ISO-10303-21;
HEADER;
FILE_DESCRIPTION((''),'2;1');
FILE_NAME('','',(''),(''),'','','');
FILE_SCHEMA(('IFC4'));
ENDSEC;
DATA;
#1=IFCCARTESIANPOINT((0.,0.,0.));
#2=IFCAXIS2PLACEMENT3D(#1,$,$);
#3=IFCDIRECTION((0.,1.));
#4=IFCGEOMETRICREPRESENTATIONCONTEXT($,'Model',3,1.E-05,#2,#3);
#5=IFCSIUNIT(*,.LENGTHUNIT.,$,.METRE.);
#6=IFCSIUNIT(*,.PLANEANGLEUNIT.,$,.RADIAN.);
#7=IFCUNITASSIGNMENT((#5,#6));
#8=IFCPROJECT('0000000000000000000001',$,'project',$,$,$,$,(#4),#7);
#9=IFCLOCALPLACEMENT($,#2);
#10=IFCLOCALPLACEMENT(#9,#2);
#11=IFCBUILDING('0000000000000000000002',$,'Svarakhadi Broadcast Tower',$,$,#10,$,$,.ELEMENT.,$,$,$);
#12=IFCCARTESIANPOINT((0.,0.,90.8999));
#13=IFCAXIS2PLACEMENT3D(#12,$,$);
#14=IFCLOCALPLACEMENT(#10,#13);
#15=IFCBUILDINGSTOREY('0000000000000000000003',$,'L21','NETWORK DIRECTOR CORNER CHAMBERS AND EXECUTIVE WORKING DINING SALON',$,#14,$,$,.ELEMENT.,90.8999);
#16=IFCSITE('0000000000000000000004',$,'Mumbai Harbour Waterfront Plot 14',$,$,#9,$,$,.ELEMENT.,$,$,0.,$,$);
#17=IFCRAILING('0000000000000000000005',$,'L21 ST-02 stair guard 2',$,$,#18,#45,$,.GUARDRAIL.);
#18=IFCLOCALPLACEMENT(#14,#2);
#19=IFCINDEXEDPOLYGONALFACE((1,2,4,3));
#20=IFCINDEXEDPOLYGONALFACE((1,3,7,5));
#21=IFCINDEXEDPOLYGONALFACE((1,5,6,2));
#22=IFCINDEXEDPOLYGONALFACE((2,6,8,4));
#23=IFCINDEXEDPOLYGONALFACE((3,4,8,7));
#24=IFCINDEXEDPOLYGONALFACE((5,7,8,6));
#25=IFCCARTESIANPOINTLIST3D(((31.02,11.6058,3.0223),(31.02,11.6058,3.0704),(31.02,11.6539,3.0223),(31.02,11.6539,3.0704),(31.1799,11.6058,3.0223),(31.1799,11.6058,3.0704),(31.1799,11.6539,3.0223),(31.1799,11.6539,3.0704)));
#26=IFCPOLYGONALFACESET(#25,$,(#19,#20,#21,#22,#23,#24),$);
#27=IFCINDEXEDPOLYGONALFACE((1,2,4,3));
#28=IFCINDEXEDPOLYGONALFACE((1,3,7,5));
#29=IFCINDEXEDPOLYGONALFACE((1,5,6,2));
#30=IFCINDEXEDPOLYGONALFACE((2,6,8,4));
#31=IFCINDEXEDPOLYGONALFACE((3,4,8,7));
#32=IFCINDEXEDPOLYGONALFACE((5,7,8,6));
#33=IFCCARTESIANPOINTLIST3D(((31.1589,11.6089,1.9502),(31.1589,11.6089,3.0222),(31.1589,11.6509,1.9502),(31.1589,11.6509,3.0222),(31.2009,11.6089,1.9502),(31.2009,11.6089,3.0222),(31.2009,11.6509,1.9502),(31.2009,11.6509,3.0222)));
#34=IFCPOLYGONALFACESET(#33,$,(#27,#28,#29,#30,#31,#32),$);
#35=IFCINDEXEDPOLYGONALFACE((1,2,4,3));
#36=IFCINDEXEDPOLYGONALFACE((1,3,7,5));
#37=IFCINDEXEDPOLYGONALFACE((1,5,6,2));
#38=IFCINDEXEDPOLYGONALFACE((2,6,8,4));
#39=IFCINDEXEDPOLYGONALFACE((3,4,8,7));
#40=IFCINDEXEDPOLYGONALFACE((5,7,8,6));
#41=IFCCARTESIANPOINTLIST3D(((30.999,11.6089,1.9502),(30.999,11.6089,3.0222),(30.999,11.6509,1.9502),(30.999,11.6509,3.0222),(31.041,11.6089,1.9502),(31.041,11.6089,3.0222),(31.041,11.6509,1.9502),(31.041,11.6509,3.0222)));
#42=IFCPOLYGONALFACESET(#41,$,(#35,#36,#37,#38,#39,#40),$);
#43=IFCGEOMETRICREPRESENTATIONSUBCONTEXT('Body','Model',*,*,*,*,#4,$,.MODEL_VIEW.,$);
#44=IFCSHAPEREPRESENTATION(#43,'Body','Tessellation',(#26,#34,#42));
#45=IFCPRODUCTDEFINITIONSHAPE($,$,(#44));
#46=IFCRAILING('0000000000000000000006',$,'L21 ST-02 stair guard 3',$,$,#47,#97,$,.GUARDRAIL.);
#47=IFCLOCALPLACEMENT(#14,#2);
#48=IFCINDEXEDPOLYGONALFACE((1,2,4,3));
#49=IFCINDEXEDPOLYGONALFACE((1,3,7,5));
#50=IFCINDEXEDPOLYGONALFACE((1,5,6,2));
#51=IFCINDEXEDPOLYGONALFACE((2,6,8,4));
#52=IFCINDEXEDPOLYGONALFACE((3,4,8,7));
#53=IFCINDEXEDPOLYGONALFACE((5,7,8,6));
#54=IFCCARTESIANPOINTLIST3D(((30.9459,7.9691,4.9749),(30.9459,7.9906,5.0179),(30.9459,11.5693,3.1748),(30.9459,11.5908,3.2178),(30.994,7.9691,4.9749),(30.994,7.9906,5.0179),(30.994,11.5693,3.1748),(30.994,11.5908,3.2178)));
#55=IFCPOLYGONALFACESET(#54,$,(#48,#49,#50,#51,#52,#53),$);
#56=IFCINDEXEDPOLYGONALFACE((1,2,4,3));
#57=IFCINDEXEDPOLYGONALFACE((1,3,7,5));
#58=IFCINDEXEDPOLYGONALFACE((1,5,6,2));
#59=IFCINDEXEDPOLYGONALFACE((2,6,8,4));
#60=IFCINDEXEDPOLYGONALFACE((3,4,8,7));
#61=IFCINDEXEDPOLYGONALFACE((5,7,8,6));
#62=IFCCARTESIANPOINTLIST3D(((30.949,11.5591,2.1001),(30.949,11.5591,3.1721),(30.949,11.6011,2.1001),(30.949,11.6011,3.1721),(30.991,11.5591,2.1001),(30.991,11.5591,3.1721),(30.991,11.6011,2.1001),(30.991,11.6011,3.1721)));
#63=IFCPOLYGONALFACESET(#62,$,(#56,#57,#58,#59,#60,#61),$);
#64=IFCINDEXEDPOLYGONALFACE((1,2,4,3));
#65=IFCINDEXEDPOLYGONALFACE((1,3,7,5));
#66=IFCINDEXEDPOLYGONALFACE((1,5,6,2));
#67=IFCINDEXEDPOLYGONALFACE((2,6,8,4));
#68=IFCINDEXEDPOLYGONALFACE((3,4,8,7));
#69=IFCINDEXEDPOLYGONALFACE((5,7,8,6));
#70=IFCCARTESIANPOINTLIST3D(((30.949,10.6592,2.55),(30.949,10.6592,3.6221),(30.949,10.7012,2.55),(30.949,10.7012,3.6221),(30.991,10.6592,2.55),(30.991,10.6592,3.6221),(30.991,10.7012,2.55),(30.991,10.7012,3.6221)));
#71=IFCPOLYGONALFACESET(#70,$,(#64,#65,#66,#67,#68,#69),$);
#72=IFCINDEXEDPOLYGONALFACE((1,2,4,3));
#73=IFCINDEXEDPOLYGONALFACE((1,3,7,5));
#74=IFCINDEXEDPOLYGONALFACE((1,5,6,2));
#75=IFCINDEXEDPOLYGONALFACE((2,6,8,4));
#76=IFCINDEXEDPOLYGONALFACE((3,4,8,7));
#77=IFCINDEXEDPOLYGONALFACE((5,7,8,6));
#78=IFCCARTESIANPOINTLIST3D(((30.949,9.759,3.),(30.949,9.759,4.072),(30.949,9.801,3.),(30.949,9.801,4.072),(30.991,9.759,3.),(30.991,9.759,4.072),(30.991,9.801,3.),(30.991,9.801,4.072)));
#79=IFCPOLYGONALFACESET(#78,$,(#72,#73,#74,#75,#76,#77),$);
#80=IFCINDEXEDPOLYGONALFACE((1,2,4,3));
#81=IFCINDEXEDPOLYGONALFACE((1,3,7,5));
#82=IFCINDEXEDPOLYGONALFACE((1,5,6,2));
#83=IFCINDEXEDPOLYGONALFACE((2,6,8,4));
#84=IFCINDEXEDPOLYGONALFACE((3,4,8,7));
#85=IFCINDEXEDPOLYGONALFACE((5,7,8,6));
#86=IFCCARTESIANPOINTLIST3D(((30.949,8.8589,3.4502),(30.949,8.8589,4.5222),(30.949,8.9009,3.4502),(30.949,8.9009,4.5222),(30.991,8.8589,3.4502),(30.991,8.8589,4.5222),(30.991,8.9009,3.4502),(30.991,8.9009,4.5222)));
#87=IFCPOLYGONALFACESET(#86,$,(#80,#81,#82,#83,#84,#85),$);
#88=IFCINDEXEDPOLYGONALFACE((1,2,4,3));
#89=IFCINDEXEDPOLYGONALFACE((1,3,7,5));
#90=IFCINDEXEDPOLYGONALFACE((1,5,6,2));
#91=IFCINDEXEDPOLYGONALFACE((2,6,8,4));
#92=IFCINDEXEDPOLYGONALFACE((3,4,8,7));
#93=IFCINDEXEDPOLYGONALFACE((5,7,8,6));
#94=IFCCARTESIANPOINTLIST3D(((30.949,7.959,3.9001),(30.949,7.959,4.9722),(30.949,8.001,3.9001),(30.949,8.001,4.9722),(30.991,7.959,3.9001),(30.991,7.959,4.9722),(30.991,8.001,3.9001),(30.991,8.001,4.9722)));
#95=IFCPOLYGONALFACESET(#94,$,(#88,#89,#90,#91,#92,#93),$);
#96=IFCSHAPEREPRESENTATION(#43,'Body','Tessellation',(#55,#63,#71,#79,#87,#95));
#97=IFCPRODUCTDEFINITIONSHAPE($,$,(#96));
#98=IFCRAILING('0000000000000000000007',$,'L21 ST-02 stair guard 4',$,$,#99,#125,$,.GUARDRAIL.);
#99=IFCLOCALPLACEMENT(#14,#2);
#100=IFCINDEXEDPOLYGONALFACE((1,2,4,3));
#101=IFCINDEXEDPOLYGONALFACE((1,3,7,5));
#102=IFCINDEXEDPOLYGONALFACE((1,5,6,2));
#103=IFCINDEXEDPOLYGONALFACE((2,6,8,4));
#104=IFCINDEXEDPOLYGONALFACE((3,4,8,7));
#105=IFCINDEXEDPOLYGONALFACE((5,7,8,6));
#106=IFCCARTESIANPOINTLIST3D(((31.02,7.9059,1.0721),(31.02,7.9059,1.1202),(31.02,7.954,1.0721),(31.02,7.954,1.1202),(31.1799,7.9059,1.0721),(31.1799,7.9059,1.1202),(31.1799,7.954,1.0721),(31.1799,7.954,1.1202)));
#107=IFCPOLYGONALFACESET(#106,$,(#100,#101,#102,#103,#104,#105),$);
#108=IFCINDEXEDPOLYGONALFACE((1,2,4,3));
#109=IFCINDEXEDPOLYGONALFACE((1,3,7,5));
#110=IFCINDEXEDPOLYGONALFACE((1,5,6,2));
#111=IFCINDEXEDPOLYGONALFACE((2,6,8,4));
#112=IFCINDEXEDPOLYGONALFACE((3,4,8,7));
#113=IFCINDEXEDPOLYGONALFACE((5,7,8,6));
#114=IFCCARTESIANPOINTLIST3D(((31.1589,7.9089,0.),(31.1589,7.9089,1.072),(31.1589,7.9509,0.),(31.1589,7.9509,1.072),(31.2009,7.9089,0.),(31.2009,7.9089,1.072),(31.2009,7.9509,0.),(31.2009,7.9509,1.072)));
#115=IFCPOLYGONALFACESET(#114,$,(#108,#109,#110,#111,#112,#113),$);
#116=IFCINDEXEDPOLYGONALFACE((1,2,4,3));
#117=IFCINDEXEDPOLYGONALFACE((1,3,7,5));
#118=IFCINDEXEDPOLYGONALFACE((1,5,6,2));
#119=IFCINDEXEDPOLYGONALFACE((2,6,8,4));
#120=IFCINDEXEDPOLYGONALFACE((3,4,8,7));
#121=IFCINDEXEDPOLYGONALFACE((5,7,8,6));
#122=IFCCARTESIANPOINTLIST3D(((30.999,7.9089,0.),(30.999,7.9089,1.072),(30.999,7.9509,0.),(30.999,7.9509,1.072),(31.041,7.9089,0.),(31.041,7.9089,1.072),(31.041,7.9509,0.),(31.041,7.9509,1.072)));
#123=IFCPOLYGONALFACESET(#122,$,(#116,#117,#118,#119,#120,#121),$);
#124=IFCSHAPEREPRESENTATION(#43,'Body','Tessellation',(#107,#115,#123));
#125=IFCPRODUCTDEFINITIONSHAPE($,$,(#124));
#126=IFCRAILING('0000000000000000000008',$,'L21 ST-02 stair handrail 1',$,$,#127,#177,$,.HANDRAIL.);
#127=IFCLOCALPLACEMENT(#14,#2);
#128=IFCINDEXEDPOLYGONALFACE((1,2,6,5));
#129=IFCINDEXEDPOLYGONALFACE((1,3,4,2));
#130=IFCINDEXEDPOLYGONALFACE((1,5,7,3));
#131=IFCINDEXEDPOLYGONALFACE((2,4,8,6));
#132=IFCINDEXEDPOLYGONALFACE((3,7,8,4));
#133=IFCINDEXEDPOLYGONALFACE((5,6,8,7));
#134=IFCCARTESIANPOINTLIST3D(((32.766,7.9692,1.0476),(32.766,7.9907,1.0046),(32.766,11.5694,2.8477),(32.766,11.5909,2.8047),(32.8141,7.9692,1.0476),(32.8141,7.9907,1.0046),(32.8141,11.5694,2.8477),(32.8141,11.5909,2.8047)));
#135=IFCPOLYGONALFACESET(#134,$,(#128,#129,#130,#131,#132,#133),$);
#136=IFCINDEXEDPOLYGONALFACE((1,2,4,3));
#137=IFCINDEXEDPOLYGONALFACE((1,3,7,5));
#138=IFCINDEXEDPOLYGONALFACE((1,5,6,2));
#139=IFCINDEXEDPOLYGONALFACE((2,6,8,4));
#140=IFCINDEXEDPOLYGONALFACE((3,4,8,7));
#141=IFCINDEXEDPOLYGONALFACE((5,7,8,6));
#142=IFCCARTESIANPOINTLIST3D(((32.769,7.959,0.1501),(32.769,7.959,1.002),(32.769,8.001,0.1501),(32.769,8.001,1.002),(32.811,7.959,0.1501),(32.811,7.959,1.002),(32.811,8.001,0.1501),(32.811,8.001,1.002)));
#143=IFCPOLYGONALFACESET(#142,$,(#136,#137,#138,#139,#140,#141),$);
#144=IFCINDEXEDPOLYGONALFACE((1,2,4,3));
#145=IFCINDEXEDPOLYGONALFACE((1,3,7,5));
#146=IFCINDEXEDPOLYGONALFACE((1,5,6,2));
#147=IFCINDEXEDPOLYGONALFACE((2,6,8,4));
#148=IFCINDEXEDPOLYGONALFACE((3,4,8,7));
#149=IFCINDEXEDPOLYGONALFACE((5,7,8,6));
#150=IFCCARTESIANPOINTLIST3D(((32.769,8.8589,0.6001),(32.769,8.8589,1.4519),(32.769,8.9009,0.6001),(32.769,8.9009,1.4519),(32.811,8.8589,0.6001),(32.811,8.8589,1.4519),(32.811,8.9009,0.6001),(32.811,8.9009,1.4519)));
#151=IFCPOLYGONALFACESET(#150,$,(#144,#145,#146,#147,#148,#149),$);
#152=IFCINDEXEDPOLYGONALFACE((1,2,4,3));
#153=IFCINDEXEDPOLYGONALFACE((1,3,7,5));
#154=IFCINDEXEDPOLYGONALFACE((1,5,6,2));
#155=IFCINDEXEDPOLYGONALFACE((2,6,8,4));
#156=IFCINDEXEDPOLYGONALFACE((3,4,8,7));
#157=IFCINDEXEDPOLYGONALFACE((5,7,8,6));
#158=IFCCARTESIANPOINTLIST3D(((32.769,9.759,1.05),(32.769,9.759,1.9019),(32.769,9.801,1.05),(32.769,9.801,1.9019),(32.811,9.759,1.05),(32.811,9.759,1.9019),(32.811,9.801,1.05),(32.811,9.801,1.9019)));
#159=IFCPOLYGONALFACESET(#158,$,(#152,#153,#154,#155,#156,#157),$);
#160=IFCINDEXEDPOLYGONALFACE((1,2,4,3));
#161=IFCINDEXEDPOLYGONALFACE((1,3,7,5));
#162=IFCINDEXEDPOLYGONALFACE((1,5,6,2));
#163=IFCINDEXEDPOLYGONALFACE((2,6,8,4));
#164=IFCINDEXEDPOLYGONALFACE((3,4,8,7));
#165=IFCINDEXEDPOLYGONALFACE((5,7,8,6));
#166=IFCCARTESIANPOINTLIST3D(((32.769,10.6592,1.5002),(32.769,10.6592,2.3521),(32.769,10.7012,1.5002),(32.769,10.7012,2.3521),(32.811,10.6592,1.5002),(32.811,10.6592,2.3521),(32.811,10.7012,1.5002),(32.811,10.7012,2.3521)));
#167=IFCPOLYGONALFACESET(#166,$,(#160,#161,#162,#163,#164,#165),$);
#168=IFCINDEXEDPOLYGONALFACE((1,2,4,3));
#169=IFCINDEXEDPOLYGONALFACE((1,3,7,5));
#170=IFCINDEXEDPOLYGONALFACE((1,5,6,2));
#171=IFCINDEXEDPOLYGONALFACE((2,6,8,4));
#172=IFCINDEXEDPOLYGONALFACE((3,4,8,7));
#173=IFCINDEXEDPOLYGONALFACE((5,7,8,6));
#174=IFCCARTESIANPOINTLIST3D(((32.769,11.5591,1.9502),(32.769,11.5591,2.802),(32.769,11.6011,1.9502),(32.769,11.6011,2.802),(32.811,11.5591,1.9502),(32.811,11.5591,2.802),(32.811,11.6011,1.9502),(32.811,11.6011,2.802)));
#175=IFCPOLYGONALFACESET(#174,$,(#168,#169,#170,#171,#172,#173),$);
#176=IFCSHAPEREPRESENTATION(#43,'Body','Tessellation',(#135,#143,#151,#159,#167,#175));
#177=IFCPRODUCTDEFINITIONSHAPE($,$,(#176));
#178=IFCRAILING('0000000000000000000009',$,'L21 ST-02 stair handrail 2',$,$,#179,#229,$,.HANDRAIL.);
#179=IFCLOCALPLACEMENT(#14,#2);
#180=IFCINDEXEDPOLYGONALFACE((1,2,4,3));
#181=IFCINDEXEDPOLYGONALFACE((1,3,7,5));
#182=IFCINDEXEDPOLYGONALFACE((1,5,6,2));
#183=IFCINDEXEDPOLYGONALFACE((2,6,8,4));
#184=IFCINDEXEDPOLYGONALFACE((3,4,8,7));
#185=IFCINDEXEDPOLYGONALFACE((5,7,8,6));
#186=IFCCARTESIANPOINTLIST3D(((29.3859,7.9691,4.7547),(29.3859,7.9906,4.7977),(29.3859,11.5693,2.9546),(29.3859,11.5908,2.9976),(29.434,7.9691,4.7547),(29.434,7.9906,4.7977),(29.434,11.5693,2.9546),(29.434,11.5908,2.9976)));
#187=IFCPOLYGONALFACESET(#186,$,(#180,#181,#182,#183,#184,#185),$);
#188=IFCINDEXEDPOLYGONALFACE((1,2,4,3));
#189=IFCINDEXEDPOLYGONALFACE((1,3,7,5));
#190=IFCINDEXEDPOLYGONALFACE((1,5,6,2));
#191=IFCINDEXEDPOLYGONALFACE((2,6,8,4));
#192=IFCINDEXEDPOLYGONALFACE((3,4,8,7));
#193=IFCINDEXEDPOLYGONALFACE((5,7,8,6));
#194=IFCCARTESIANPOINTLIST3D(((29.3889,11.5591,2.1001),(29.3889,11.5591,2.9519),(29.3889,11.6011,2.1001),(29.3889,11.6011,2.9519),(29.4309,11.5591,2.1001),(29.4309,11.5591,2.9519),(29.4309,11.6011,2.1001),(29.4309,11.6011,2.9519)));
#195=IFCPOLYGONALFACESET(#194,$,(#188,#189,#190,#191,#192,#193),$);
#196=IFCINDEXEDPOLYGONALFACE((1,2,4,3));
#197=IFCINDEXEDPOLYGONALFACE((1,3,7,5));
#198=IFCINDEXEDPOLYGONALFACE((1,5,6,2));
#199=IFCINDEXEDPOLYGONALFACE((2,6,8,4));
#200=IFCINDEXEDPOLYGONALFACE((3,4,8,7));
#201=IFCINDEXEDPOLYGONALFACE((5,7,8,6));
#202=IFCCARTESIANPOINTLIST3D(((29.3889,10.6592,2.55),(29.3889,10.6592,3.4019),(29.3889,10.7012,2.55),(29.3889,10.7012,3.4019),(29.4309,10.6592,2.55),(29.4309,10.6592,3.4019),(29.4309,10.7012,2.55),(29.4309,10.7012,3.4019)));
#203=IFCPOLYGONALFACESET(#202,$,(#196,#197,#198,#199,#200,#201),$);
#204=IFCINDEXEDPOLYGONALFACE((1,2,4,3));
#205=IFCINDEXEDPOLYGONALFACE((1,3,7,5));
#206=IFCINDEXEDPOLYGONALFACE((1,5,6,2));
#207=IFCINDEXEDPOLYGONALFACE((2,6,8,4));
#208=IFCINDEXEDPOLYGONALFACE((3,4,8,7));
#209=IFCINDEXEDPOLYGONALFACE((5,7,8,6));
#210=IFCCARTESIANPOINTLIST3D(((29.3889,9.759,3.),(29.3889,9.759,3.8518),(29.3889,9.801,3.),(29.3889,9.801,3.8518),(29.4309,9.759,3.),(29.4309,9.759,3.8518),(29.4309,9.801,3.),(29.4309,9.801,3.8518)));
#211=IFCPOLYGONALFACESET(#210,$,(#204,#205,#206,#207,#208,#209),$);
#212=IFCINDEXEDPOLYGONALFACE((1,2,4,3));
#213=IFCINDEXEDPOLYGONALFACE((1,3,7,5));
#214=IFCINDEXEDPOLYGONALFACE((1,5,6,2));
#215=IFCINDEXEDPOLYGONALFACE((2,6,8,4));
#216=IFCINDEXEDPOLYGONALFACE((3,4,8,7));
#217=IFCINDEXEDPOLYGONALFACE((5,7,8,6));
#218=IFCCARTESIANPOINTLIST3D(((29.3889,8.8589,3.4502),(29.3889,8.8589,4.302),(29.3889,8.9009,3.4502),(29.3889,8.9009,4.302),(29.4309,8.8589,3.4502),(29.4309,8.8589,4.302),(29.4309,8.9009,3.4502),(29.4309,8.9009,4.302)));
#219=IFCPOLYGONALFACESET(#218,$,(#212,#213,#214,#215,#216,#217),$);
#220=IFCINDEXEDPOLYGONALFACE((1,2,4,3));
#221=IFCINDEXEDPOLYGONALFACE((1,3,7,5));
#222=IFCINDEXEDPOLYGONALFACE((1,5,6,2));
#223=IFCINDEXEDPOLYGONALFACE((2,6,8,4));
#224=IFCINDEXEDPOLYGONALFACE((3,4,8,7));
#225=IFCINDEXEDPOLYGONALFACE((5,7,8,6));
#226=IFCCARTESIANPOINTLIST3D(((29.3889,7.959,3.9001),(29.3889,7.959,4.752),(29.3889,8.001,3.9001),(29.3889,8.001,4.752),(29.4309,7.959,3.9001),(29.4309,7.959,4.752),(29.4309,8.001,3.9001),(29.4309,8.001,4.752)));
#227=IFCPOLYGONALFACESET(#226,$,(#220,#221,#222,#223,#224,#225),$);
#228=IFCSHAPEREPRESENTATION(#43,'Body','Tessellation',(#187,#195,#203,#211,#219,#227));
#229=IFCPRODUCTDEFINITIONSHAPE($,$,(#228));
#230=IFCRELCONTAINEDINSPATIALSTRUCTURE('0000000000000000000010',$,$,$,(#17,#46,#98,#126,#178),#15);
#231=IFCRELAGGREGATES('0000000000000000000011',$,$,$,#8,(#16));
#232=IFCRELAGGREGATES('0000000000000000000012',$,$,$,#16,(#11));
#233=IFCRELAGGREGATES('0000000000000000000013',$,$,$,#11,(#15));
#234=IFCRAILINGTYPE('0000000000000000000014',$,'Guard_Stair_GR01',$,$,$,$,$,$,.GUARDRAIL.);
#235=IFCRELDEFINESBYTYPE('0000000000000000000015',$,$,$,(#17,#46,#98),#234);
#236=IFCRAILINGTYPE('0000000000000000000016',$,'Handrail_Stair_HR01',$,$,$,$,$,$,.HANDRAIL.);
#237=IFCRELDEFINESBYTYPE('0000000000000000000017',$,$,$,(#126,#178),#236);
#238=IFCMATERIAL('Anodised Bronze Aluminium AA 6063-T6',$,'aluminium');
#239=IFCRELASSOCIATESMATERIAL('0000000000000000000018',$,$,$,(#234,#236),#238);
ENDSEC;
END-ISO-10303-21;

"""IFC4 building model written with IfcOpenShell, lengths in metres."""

from ifc_helpers import new_model, si_unit, direction, frame, origin, origin_2d, place, context, subcontext, project, spatial, rectangle, extrude, material, type_object, element, save


model = new_model("IFC4")

# Units and contexts
model_context = context("Model", 3, precision=1e-05, world=origin(), true_north=direction((0.0, 1.0)))
body_context = subcontext(model_context, "Body", "Model", "MODEL_VIEW")
ifc_project = project(units=[si_unit("LENGTHUNIT", "METRE"), si_unit("PLANEANGLEUNIT", "RADIAN")], contexts=[model_context])

# Site, building, storey
site_placement = place(None, origin())
site = spatial("IfcSite", under=ifc_project, at=site_placement, Name="Mumbai Harbour Waterfront Plot 14", CompositionType="ELEMENT", RefElevation=0.0)
building_placement = place(site_placement, origin())
building = spatial("IfcBuilding", under=site, at=building_placement, Name="Svarakhadi Broadcast Tower", CompositionType="ELEMENT")
storey_placement = place(building_placement, frame((0.0, 0.0, 90.8999)))
storey = spatial("IfcBuildingStorey", under=building, at=storey_placement, Name="L21", Description="NETWORK DIRECTOR CORNER CHAMBERS AND EXECUTIVE WORKING DINING SALON", CompositionType="ELEMENT", Elevation=90.8999)

# Shared definitions
ifc_material_1 = material(Name="Anodised Bronze Aluminium AA 6063-T6", Category="aluminium")

# Railings
railing_type_1 = type_object("IfcRailingType", Name="Guard_Stair_GR01", PredefinedType="GUARDRAIL", material=ifc_material_1)
railing_1_placement = place(storey_placement, frame((31.1799, 11.6299, 1.9502)))
element("IfcRailing", 1, at=railing_1_placement, inside=storey, type_object=railing_type_1, Name="L21 ST-02 stair guard 2", PredefinedType="GUARDRAIL", context=body_context, shape_type="SweptSolid", body=[
    extrude(rectangle(XDim=0.0481, YDim=0.0481, at=origin_2d()), frame((0.0, 0.0, 1.0962), z_axis=(-1.0, 0.0, 0.0), x_axis=(0.0, -1.0, 0.0)), (0.0, 0.0, 1.0), 0.1599),
    extrude(rectangle(XDim=0.042, YDim=0.042, at=origin_2d()), origin(), (0.0, 0.0, 1.0), 1.072),
    extrude(rectangle(XDim=0.042, YDim=0.042, at=origin_2d()), frame((-0.1599, 0.0, 0.0)), (0.0, 0.0, 1.0), 1.072),
])
railing_2_placement = place(storey_placement, frame((30.97, 11.5801, 2.1001)))
element("IfcRailing", 2, at=railing_2_placement, inside=storey, type_object=railing_type_1, Name="L21 ST-02 stair guard 3", PredefinedType="GUARDRAIL", context=body_context, shape_type="SweptSolid", body=[
    extrude(rectangle(XDim=0.0481, YDim=0.0481, at=origin_2d()), frame((0.0, 0.0, 1.0962), z_axis=(0.0, -0.894427, 0.447214), x_axis=(1.0, 0.0, 0.0)), (0.0, 0.0, 1.0), 4.0251),
    extrude(rectangle(XDim=0.042, YDim=0.042, at=origin_2d()), origin(), (0.0, 0.0, 1.0), 1.072),
    extrude(rectangle(XDim=0.042, YDim=0.042, at=origin_2d()), frame((0.0, -0.8999, 0.45)), (0.0, 0.0, 1.0), 1.072),
    extrude(rectangle(XDim=0.042, YDim=0.042, at=origin_2d()), frame((0.0, -1.8, 0.8999)), (0.0, 0.0, 1.0), 1.072),
    extrude(rectangle(XDim=0.042, YDim=0.042, at=origin_2d()), frame((0.0, -2.7002, 1.3501)), (0.0, 0.0, 1.0), 1.072),
    extrude(rectangle(XDim=0.042, YDim=0.042, at=origin_2d()), frame((0.0, -3.6001, 1.8)), (0.0, 0.0, 1.0), 1.072),
])
railing_3_placement = place(storey_placement, frame((31.1799, 7.9299, 0.0)))
element("IfcRailing", 3, at=railing_3_placement, inside=storey, type_object=railing_type_1, Name="L21 ST-02 stair guard 4", PredefinedType="GUARDRAIL", context=body_context, shape_type="SweptSolid", body=[
    extrude(rectangle(XDim=0.0481, YDim=0.0481, at=origin_2d()), frame((0.0, 0.0, 1.0962), z_axis=(-1.0, 0.0, 0.0), x_axis=(0.0, -1.0, 0.0)), (0.0, 0.0, 1.0), 0.1599),
    extrude(rectangle(XDim=0.042, YDim=0.042, at=origin_2d()), origin(), (0.0, 0.0, 1.0), 1.072),
    extrude(rectangle(XDim=0.042, YDim=0.042, at=origin_2d()), frame((-0.1599, 0.0, 0.0)), (0.0, 0.0, 1.0), 1.072),
])
railing_type_2 = type_object("IfcRailingType", Name="Handrail_Stair_HR01", PredefinedType="HANDRAIL", material=ifc_material_1)
railing_4_placement = place(storey_placement, frame((32.79, 7.98, 0.1501)))
element("IfcRailing", 4, at=railing_4_placement, inside=storey, type_object=railing_type_2, Name="L21 ST-02 stair handrail 1", PredefinedType="HANDRAIL", context=body_context, shape_type="SweptSolid", body=[
    extrude(rectangle(XDim=0.0481, YDim=0.0481, at=origin_2d()), frame((0.0, 0.0, 0.876), z_axis=(0.0, 0.894427, 0.447214), x_axis=(-1.0, 0.0, 0.0)), (0.0, 0.0, 1.0), 4.0251),
    extrude(rectangle(XDim=0.042, YDim=0.042, at=origin_2d()), origin(), (0.0, 0.0, 1.0), 0.8518),
    extrude(rectangle(XDim=0.042, YDim=0.042, at=origin_2d()), frame((0.0, 0.8999, 0.45)), (0.0, 0.0, 1.0), 0.8518),
    extrude(rectangle(XDim=0.042, YDim=0.042, at=origin_2d()), frame((0.0, 1.8, 0.8999)), (0.0, 0.0, 1.0), 0.8518),
    extrude(rectangle(XDim=0.042, YDim=0.042, at=origin_2d()), frame((0.0, 2.7002, 1.3501)), (0.0, 0.0, 1.0), 0.8518),
    extrude(rectangle(XDim=0.042, YDim=0.042, at=origin_2d()), frame((0.0, 3.6001, 1.8)), (0.0, 0.0, 1.0), 0.8518),
])
railing_5_placement = place(storey_placement, frame((29.4099, 11.5801, 2.1001)))
element("IfcRailing", 5, at=railing_5_placement, inside=storey, type_object=railing_type_2, Name="L21 ST-02 stair handrail 2", PredefinedType="HANDRAIL", context=body_context, shape_type="SweptSolid", body=[
    extrude(rectangle(XDim=0.0481, YDim=0.0481, at=origin_2d()), frame((0.0, 0.0, 0.876), z_axis=(0.0, -0.894427, 0.447214), x_axis=(1.0, 0.0, 0.0)), (0.0, 0.0, 1.0), 4.0251),
    extrude(rectangle(XDim=0.042, YDim=0.042, at=origin_2d()), origin(), (0.0, 0.0, 1.0), 0.8518),
    extrude(rectangle(XDim=0.042, YDim=0.042, at=origin_2d()), frame((0.0, -0.8999, 0.45)), (0.0, 0.0, 1.0), 0.8518),
    extrude(rectangle(XDim=0.042, YDim=0.042, at=origin_2d()), frame((0.0, -1.8, 0.8999)), (0.0, 0.0, 1.0), 0.8518),
    extrude(rectangle(XDim=0.042, YDim=0.042, at=origin_2d()), frame((0.0, -2.7002, 1.3501)), (0.0, 0.0, 1.0), 0.8518),
    extrude(rectangle(XDim=0.042, YDim=0.042, at=origin_2d()), frame((0.0, -3.6001, 1.8)), (0.0, 0.0, 1.0), 0.8518),
])

save(model, "model.ifc")
